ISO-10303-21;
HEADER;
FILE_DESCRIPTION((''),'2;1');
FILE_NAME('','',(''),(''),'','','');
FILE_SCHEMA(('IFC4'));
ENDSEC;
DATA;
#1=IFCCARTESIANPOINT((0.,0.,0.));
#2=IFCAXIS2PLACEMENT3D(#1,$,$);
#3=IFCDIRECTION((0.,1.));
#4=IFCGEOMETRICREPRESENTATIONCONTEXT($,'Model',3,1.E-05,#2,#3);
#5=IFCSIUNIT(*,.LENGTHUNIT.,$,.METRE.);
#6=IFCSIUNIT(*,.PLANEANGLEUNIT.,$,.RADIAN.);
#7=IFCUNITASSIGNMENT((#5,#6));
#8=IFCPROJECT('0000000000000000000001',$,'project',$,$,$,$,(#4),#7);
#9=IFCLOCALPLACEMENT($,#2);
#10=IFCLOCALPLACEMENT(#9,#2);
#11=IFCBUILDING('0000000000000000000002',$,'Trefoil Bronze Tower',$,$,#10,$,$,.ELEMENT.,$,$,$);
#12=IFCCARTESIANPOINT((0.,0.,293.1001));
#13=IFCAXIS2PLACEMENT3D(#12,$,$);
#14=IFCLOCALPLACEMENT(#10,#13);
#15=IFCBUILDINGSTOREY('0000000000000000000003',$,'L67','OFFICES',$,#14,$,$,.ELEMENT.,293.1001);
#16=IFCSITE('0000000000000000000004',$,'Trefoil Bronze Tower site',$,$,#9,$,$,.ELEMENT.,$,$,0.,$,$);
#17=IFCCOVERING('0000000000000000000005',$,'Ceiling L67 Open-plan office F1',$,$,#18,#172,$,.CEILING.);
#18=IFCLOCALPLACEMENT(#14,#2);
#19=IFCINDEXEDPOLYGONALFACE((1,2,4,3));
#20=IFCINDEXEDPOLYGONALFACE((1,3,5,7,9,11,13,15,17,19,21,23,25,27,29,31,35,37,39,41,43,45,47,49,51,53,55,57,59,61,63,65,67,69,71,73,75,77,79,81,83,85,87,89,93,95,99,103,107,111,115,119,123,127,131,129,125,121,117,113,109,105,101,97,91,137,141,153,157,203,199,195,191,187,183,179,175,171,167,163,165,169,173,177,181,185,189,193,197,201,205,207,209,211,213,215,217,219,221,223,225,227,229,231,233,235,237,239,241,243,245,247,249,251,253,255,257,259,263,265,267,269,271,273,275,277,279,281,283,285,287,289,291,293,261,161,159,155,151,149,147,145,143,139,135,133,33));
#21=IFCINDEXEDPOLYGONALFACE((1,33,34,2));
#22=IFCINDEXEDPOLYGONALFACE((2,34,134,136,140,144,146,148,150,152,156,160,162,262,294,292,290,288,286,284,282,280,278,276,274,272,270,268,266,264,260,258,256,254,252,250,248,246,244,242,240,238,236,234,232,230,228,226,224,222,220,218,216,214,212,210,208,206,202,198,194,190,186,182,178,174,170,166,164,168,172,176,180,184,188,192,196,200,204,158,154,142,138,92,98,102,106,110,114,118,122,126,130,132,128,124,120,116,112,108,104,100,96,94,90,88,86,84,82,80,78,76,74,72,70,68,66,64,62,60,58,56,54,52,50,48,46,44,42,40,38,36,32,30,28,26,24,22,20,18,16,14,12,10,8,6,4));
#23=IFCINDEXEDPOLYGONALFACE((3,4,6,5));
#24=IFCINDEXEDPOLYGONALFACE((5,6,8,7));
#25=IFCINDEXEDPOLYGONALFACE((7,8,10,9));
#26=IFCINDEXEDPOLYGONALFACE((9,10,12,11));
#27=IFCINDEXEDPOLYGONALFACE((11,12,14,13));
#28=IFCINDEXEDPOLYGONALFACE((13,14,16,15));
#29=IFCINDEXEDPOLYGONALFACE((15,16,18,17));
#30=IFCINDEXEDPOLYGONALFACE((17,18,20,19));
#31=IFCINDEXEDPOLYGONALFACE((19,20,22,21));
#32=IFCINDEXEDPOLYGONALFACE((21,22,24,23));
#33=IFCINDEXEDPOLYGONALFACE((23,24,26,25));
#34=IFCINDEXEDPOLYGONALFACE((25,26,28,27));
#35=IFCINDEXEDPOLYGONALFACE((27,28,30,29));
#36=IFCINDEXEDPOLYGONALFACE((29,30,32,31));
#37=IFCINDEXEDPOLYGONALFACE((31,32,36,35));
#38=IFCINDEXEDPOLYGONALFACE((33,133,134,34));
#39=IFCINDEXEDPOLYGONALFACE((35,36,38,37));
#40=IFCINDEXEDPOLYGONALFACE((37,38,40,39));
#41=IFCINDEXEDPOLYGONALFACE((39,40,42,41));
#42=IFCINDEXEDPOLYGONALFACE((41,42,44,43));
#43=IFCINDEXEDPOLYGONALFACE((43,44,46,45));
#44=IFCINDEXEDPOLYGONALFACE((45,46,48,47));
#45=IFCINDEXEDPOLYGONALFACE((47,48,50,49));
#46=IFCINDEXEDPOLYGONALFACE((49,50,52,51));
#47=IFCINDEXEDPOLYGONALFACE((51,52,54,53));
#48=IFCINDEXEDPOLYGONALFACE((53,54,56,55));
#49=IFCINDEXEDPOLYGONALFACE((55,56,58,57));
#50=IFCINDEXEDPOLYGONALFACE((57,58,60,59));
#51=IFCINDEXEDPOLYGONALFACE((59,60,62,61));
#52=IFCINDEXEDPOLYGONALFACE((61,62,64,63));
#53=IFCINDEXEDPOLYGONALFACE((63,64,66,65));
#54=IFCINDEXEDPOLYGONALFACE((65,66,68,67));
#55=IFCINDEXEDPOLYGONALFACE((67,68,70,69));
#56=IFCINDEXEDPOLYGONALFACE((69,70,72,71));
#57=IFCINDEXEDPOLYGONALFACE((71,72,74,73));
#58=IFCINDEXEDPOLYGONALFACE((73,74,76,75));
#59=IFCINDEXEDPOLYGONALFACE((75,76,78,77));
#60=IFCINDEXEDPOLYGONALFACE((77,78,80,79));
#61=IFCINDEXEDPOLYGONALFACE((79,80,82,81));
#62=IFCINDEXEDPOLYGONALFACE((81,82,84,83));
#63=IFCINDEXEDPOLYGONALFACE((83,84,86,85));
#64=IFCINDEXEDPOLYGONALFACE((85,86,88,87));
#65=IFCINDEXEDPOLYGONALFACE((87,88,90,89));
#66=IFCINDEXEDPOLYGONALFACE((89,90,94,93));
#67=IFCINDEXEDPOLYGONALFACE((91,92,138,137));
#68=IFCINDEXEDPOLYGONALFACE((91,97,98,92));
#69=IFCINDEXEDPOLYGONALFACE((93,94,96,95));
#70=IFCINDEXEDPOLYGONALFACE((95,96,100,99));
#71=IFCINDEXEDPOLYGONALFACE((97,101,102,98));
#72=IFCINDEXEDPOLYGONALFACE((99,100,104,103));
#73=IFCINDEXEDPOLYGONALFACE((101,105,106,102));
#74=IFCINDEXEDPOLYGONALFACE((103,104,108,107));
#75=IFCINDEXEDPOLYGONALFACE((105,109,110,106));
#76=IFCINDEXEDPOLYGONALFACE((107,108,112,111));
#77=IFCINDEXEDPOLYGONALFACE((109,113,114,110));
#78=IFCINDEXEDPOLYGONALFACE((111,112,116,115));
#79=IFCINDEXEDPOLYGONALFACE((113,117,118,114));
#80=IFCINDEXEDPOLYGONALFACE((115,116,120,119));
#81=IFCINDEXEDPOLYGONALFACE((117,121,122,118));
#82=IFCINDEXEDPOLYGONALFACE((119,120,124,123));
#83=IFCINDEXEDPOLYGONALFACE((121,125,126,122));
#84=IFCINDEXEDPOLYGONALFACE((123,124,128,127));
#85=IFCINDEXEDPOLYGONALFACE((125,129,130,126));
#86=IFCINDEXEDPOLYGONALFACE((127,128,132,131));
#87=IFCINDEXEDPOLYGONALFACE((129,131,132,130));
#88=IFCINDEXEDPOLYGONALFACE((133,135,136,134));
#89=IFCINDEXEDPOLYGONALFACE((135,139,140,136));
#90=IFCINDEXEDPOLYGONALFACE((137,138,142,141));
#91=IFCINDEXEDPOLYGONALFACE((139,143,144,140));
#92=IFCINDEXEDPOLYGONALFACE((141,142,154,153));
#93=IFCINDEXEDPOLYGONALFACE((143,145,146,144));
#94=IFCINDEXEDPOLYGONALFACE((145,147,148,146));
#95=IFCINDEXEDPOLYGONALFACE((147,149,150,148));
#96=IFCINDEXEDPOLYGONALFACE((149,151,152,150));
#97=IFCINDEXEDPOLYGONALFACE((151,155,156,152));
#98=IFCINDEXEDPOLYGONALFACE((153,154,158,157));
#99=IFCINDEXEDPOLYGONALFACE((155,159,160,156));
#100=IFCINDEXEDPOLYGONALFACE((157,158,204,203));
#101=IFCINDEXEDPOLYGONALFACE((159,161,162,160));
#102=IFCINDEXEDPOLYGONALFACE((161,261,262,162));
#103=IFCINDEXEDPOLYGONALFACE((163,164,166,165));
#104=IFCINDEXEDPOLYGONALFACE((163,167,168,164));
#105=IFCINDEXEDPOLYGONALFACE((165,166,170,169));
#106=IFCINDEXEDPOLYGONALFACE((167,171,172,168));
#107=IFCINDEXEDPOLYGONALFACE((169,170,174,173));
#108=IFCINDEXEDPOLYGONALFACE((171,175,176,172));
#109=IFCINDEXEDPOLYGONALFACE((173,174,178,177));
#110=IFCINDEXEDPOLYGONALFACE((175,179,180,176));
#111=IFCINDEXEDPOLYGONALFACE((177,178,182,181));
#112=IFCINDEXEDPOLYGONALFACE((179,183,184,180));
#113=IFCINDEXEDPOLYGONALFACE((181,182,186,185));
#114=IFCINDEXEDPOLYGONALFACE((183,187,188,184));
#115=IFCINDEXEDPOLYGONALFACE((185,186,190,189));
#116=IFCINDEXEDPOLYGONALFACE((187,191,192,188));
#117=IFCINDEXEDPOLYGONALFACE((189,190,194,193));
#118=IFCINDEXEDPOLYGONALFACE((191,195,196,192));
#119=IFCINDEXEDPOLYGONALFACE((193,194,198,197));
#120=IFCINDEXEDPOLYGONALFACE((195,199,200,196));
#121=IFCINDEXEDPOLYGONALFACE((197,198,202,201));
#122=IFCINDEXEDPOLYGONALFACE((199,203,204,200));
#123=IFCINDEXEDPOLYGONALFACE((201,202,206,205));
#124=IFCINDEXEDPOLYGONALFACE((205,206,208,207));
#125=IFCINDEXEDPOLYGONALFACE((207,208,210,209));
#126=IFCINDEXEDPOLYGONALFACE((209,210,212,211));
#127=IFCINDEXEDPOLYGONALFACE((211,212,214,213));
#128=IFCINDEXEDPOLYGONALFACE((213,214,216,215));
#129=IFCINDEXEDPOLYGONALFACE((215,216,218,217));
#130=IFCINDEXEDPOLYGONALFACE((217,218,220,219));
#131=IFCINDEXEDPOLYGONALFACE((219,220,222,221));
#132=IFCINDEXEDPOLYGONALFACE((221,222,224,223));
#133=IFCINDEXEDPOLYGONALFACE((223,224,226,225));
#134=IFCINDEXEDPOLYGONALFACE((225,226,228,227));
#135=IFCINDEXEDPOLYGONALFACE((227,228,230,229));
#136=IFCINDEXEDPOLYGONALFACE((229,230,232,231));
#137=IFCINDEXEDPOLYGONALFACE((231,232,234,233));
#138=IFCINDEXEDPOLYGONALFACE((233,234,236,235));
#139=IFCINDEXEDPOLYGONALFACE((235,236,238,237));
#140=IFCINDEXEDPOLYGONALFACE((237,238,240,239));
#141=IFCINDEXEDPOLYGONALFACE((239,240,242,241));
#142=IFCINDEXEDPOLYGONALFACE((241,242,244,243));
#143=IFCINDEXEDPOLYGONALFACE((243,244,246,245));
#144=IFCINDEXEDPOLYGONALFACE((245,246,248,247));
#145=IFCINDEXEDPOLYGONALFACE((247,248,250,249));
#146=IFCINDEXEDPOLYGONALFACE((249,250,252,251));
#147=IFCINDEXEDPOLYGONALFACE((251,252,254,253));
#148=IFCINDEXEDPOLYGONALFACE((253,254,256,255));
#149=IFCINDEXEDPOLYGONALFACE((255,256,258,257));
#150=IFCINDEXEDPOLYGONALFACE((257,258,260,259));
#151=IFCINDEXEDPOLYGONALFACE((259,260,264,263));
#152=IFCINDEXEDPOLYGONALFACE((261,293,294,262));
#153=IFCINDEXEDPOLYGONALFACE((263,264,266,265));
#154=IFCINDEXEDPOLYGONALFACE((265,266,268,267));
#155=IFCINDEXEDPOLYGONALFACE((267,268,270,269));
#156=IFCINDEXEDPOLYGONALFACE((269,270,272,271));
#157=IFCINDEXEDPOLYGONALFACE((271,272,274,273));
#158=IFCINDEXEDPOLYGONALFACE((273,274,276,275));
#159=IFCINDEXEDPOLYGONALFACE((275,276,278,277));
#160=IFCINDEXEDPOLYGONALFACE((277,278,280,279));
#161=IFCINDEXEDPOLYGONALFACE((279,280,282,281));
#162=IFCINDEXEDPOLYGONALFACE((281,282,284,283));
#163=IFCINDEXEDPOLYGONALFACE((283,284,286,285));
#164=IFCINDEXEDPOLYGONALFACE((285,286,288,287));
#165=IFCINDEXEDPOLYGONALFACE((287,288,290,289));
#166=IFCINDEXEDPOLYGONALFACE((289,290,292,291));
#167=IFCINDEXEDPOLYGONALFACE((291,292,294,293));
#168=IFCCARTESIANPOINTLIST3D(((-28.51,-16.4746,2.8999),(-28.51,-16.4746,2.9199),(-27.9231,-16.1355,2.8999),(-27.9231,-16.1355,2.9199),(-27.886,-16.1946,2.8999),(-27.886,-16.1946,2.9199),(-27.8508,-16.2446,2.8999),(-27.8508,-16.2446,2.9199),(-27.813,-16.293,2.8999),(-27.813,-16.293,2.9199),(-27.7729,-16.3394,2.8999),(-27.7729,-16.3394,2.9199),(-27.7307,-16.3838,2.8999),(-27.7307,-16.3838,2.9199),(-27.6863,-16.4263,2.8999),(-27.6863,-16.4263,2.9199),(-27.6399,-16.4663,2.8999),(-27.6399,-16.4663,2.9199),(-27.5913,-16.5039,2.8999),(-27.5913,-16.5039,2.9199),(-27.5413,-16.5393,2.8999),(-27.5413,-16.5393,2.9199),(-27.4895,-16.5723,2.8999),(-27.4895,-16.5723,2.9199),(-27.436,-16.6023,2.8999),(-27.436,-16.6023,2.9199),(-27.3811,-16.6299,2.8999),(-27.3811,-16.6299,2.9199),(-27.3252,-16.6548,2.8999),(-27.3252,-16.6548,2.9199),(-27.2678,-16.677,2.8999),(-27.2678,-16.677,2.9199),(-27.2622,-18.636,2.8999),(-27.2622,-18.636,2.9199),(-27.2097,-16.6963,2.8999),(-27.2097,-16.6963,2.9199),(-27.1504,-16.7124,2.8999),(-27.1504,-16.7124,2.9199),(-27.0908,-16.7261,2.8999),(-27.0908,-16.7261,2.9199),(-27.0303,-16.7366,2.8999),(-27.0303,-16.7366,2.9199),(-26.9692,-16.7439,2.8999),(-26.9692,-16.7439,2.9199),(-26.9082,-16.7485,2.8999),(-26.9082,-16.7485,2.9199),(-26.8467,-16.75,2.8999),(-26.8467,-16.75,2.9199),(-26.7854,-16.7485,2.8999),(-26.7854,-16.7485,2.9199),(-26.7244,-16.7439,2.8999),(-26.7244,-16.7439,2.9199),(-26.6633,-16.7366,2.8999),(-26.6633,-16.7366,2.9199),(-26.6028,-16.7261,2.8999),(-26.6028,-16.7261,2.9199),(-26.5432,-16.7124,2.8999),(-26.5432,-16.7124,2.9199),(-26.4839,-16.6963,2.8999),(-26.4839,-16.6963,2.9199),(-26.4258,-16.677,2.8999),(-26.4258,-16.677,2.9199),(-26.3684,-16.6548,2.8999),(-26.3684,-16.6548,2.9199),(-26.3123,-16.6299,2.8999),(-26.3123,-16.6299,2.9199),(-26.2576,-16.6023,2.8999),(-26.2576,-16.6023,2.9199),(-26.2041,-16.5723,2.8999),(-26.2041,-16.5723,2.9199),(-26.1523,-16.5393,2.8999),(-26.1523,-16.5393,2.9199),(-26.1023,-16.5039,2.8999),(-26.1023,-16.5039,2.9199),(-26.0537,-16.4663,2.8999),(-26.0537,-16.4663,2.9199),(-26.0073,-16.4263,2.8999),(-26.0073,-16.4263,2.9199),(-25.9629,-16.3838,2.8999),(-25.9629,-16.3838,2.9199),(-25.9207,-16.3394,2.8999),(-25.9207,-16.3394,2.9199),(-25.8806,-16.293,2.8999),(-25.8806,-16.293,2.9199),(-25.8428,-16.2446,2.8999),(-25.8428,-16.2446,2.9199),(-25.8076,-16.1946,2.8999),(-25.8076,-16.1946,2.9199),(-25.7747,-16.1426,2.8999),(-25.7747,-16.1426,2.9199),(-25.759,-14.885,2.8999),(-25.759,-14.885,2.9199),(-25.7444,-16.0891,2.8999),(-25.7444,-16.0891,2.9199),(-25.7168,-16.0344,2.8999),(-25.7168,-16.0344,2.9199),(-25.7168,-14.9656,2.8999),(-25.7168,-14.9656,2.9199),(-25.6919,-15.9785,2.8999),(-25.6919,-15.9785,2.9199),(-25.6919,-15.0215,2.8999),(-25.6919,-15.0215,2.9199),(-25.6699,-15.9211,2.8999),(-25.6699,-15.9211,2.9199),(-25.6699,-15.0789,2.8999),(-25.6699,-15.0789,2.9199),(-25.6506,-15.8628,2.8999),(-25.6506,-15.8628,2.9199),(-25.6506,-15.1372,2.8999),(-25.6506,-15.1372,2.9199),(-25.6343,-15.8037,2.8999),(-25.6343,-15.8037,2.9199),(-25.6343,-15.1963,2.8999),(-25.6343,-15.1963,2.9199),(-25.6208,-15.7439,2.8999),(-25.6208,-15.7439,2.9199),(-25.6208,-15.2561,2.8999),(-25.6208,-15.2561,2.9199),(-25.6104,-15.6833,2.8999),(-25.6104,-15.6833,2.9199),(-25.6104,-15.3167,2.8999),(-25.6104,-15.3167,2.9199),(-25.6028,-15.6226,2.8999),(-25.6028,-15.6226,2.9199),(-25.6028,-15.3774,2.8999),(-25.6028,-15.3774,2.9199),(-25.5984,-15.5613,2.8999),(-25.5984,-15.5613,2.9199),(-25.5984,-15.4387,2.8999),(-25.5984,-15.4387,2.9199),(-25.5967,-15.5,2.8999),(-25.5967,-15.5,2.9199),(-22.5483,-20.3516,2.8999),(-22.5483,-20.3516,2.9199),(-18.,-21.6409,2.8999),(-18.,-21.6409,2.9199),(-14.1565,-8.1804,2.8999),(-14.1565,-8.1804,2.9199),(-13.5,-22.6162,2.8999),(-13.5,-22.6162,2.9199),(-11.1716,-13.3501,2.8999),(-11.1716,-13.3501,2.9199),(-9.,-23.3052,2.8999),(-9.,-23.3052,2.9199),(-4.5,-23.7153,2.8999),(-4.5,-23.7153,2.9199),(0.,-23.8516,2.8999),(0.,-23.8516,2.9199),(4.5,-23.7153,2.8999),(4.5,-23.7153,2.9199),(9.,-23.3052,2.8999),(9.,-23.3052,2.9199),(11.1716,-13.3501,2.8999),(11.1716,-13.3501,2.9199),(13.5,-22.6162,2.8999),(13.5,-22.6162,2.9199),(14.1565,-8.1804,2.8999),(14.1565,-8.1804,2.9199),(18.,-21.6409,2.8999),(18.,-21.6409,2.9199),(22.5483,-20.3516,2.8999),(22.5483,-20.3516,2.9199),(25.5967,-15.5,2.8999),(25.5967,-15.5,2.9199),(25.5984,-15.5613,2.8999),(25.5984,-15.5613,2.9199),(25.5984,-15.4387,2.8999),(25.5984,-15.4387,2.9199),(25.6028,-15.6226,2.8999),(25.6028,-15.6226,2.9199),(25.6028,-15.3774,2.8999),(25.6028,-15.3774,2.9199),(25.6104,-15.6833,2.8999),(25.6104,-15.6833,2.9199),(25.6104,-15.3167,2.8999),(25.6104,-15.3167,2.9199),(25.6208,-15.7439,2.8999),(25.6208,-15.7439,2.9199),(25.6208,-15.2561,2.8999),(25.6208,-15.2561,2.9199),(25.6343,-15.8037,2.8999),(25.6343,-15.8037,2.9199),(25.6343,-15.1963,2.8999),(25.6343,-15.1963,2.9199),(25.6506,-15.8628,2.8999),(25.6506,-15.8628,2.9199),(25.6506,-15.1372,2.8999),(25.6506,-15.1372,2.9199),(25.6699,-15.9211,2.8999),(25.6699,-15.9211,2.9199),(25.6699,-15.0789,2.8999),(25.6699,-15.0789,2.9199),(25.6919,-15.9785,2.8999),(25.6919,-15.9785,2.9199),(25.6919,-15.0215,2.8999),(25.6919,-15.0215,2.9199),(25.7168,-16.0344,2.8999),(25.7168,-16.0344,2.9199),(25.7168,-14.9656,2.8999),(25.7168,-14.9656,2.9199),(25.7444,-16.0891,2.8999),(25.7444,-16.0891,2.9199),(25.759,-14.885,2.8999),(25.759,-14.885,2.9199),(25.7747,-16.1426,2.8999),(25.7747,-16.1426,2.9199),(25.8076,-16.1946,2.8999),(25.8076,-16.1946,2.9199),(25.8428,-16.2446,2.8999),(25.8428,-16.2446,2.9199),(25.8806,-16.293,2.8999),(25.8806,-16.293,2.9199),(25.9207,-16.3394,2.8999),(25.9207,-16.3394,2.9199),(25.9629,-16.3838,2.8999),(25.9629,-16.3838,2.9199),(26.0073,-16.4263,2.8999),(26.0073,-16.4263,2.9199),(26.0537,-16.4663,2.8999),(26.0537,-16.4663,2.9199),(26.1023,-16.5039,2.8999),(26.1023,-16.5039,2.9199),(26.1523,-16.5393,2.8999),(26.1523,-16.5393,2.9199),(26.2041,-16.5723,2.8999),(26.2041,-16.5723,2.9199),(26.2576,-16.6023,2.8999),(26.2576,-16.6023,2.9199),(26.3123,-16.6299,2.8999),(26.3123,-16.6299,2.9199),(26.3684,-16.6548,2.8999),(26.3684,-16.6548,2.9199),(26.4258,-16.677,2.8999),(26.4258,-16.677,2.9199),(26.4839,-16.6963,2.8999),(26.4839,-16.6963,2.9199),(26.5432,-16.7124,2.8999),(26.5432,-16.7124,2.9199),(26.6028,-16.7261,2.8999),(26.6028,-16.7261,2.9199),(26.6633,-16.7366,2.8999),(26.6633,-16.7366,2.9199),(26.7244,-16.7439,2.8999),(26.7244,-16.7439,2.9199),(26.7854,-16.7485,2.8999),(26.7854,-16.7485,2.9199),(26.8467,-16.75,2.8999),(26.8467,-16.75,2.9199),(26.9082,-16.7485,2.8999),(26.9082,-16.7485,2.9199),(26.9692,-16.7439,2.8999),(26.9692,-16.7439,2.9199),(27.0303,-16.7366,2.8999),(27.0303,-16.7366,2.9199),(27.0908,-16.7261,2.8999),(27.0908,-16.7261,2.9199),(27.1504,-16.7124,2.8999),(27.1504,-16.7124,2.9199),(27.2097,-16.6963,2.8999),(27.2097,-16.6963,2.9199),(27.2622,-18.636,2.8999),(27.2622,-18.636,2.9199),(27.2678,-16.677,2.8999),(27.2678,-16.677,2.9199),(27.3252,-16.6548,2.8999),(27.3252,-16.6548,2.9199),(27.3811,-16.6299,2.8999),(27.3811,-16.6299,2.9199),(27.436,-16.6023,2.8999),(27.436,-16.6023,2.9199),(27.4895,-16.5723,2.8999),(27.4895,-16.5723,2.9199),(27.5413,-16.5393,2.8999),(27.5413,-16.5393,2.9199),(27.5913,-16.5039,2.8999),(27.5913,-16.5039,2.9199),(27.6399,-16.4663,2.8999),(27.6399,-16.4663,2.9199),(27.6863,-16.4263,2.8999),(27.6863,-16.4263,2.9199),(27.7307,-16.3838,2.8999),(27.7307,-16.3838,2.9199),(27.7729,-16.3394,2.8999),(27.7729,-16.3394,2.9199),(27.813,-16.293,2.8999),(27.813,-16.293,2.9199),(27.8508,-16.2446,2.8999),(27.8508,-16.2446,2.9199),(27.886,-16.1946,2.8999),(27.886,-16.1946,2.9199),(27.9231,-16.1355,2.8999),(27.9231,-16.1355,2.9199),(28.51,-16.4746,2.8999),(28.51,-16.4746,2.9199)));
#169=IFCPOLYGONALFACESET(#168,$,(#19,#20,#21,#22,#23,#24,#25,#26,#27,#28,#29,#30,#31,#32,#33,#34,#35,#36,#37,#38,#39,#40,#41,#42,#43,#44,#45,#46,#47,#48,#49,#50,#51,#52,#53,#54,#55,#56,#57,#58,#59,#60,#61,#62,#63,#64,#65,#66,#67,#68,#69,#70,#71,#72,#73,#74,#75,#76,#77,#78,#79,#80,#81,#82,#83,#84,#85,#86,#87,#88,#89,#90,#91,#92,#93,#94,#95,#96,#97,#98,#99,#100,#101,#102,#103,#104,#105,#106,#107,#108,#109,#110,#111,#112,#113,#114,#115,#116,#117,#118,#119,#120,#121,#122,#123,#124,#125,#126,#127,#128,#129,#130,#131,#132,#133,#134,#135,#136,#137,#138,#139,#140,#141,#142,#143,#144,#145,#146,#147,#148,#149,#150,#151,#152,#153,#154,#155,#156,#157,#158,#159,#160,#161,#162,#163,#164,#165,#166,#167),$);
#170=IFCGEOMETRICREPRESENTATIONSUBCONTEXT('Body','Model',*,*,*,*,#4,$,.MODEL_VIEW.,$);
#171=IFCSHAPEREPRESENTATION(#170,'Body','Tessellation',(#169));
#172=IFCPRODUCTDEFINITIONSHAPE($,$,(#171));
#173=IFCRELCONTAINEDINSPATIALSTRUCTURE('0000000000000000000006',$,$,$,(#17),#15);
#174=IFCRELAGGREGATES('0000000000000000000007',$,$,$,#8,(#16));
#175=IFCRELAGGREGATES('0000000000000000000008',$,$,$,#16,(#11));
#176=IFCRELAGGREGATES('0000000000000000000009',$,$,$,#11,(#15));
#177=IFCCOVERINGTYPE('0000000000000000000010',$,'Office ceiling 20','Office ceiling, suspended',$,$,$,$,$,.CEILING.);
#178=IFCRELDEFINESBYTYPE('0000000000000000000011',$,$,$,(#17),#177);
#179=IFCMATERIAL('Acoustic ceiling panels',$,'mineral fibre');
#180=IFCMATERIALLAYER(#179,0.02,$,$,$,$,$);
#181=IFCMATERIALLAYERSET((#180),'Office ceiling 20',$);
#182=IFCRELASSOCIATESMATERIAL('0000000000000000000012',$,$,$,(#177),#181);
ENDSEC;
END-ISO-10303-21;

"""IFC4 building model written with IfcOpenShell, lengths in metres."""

from ifc_helpers import new_model, si_unit, direction, frame, origin, place, context, subcontext, project, spatial, polyline, outline, extrude, material, layer, layer_set, type_object, element, save


model = new_model("IFC4")

# Units and contexts
model_context = context("Model", 3, precision=1e-05, world=origin(), true_north=direction((0.0, 1.0)))
body_context = subcontext(model_context, "Body", "Model", "MODEL_VIEW")
ifc_project = project(units=[si_unit("LENGTHUNIT", "METRE"), si_unit("PLANEANGLEUNIT", "RADIAN")], contexts=[model_context])

# Site, building, storey
site_placement = place(None, origin())
site = spatial("IfcSite", under=ifc_project, at=site_placement, Name="Trefoil Bronze Tower site", CompositionType="ELEMENT", RefElevation=0.0)
building_placement = place(site_placement, origin())
building = spatial("IfcBuilding", under=site, at=building_placement, Name="Trefoil Bronze Tower", CompositionType="ELEMENT")
storey_placement = place(building_placement, frame((0.0, 0.0, 293.1001)))
storey = spatial("IfcBuildingStorey", under=building, at=storey_placement, Name="L67", Description="OFFICES", CompositionType="ELEMENT", Elevation=293.1001)

# Covering
ifc_material_1 = material(Name="Acoustic ceiling panels", Category="mineral fibre")
ifc_layer_1 = layer(ifc_material_1, 0.02)
ifc_layer_set_1 = layer_set([ifc_layer_1], Name="Office ceiling 20")
covering_type_1 = type_object("IfcCoveringType", Name="Office ceiling 20", Description="Office ceiling, suspended", PredefinedType="CEILING", material=ifc_layer_set_1)
covering_1_placement = place(storey_placement, frame((0.0, 0.0, 2.8999)))
element("IfcCovering", 1, at=covering_1_placement, inside=storey, type_object=covering_type_1, Name="Ceiling L67 Open-plan office F1", PredefinedType="CEILING", context=body_context, shape_type="SweptSolid", body=[
    extrude(outline(polyline([(-27.886, -16.1946), (-27.8508, -16.2446), (-27.813, -16.293), (-27.7729, -16.3394), (-27.7307, -16.3838), (-27.6863, -16.4263), (-27.6399, -16.4663), (-27.5913, -16.5039), (-27.5413, -16.5393), (-27.4895, -16.5723), (-27.436, -16.6023), (-27.3811, -16.6299), (-27.3252, -16.6548), (-27.2678, -16.677), (-27.2097, -16.6963), (-27.1504, -16.7124), (-27.0908, -16.7261), (-27.0303, -16.7366), (-26.9692, -16.7439), (-26.9082, -16.7485), (-26.8467, -16.75), (-26.7854, -16.7485), (-26.7244, -16.7439), (-26.6633, -16.7366), (-26.6028, -16.7261), (-26.5432, -16.7124), (-26.4839, -16.6963), (-26.4258, -16.677), (-26.3684, -16.6548), (-26.3123, -16.6299), (-26.2576, -16.6023), (-26.2041, -16.5723), (-26.1523, -16.5393), (-26.1023, -16.5039), (-26.0537, -16.4663), (-26.0073, -16.4263), (-25.9629, -16.3838), (-25.9207, -16.3394), (-25.8806, -16.293), (-25.8428, -16.2446), (-25.8076, -16.1946), (-25.7747, -16.1426), (-25.7444, -16.0891), (-25.7168, -16.0344), (-25.6919, -15.9785), (-25.6699, -15.9211), (-25.6506, -15.8628), (-25.6343, -15.8037), (-25.6208, -15.7439), (-25.6104, -15.6833), (-25.6028, -15.6226), (-25.5984, -15.5613), (-25.5967, -15.5), (-25.5984, -15.4387), (-25.6028, -15.3774), (-25.6104, -15.3167), (-25.6208, -15.2561), (-25.6343, -15.1963), (-25.6506, -15.1372), (-25.6699, -15.0789), (-25.6919, -15.0215), (-25.7168, -14.9656), (-25.759, -14.885), (-14.1565, -8.1804), (-11.1716, -13.3501), (11.1716, -13.3501), (14.1565, -8.1804), (25.759, -14.885), (25.7168, -14.9656), (25.6919, -15.0215), (25.6699, -15.0789), (25.6506, -15.1372), (25.6343, -15.1963), (25.6208, -15.2561), (25.6104, -15.3167), (25.6028, -15.3774), (25.5984, -15.4387), (25.5967, -15.5), (25.5984, -15.5613), (25.6028, -15.6226), (25.6104, -15.6833), (25.6208, -15.7439), (25.6343, -15.8037), (25.6506, -15.8628), (25.6699, -15.9211), (25.6919, -15.9785), (25.7168, -16.0344), (25.7444, -16.0891), (25.7747, -16.1426), (25.8076, -16.1946), (25.8428, -16.2446), (25.8806, -16.293), (25.9207, -16.3394), (25.9629, -16.3838), (26.0073, -16.4263), (26.0537, -16.4663), (26.1023, -16.5039), (26.1523, -16.5393), (26.2041, -16.5723), (26.2576, -16.6023), (26.3123, -16.6299), (26.3684, -16.6548), (26.4258, -16.677), (26.4839, -16.6963), (26.5432, -16.7124), (26.6028, -16.7261), (26.6633, -16.7366), (26.7244, -16.7439), (26.7854, -16.7485), (26.8467, -16.75), (26.9082, -16.7485), (26.9692, -16.7439), (27.0303, -16.7366), (27.0908, -16.7261), (27.1504, -16.7124), (27.2097, -16.6963), (27.2678, -16.677), (27.3252, -16.6548), (27.3811, -16.6299), (27.436, -16.6023), (27.4895, -16.5723), (27.5413, -16.5393), (27.5913, -16.5039), (27.6399, -16.4663), (27.6863, -16.4263), (27.7307, -16.3838), (27.7729, -16.3394), (27.813, -16.293), (27.8508, -16.2446), (27.886, -16.1946), (27.9231, -16.1355), (28.51, -16.4746), (27.2622, -18.636), (22.5483, -20.3516), (18.0, -21.6409), (13.5, -22.6162), (9.0, -23.3052), (4.5, -23.7153), (0.0, -23.8516), (-4.5, -23.7153), (-9.0, -23.3052), (-13.5, -22.6162), (-18.0, -21.6409), (-22.5483, -20.3516), (-27.2622, -18.636), (-28.51, -16.4746), (-27.9231, -16.1355), (-27.886, -16.1946)])), origin(), (0.0, 0.0, 1.0), 0.02),
])

save(model, "model.ifc")
